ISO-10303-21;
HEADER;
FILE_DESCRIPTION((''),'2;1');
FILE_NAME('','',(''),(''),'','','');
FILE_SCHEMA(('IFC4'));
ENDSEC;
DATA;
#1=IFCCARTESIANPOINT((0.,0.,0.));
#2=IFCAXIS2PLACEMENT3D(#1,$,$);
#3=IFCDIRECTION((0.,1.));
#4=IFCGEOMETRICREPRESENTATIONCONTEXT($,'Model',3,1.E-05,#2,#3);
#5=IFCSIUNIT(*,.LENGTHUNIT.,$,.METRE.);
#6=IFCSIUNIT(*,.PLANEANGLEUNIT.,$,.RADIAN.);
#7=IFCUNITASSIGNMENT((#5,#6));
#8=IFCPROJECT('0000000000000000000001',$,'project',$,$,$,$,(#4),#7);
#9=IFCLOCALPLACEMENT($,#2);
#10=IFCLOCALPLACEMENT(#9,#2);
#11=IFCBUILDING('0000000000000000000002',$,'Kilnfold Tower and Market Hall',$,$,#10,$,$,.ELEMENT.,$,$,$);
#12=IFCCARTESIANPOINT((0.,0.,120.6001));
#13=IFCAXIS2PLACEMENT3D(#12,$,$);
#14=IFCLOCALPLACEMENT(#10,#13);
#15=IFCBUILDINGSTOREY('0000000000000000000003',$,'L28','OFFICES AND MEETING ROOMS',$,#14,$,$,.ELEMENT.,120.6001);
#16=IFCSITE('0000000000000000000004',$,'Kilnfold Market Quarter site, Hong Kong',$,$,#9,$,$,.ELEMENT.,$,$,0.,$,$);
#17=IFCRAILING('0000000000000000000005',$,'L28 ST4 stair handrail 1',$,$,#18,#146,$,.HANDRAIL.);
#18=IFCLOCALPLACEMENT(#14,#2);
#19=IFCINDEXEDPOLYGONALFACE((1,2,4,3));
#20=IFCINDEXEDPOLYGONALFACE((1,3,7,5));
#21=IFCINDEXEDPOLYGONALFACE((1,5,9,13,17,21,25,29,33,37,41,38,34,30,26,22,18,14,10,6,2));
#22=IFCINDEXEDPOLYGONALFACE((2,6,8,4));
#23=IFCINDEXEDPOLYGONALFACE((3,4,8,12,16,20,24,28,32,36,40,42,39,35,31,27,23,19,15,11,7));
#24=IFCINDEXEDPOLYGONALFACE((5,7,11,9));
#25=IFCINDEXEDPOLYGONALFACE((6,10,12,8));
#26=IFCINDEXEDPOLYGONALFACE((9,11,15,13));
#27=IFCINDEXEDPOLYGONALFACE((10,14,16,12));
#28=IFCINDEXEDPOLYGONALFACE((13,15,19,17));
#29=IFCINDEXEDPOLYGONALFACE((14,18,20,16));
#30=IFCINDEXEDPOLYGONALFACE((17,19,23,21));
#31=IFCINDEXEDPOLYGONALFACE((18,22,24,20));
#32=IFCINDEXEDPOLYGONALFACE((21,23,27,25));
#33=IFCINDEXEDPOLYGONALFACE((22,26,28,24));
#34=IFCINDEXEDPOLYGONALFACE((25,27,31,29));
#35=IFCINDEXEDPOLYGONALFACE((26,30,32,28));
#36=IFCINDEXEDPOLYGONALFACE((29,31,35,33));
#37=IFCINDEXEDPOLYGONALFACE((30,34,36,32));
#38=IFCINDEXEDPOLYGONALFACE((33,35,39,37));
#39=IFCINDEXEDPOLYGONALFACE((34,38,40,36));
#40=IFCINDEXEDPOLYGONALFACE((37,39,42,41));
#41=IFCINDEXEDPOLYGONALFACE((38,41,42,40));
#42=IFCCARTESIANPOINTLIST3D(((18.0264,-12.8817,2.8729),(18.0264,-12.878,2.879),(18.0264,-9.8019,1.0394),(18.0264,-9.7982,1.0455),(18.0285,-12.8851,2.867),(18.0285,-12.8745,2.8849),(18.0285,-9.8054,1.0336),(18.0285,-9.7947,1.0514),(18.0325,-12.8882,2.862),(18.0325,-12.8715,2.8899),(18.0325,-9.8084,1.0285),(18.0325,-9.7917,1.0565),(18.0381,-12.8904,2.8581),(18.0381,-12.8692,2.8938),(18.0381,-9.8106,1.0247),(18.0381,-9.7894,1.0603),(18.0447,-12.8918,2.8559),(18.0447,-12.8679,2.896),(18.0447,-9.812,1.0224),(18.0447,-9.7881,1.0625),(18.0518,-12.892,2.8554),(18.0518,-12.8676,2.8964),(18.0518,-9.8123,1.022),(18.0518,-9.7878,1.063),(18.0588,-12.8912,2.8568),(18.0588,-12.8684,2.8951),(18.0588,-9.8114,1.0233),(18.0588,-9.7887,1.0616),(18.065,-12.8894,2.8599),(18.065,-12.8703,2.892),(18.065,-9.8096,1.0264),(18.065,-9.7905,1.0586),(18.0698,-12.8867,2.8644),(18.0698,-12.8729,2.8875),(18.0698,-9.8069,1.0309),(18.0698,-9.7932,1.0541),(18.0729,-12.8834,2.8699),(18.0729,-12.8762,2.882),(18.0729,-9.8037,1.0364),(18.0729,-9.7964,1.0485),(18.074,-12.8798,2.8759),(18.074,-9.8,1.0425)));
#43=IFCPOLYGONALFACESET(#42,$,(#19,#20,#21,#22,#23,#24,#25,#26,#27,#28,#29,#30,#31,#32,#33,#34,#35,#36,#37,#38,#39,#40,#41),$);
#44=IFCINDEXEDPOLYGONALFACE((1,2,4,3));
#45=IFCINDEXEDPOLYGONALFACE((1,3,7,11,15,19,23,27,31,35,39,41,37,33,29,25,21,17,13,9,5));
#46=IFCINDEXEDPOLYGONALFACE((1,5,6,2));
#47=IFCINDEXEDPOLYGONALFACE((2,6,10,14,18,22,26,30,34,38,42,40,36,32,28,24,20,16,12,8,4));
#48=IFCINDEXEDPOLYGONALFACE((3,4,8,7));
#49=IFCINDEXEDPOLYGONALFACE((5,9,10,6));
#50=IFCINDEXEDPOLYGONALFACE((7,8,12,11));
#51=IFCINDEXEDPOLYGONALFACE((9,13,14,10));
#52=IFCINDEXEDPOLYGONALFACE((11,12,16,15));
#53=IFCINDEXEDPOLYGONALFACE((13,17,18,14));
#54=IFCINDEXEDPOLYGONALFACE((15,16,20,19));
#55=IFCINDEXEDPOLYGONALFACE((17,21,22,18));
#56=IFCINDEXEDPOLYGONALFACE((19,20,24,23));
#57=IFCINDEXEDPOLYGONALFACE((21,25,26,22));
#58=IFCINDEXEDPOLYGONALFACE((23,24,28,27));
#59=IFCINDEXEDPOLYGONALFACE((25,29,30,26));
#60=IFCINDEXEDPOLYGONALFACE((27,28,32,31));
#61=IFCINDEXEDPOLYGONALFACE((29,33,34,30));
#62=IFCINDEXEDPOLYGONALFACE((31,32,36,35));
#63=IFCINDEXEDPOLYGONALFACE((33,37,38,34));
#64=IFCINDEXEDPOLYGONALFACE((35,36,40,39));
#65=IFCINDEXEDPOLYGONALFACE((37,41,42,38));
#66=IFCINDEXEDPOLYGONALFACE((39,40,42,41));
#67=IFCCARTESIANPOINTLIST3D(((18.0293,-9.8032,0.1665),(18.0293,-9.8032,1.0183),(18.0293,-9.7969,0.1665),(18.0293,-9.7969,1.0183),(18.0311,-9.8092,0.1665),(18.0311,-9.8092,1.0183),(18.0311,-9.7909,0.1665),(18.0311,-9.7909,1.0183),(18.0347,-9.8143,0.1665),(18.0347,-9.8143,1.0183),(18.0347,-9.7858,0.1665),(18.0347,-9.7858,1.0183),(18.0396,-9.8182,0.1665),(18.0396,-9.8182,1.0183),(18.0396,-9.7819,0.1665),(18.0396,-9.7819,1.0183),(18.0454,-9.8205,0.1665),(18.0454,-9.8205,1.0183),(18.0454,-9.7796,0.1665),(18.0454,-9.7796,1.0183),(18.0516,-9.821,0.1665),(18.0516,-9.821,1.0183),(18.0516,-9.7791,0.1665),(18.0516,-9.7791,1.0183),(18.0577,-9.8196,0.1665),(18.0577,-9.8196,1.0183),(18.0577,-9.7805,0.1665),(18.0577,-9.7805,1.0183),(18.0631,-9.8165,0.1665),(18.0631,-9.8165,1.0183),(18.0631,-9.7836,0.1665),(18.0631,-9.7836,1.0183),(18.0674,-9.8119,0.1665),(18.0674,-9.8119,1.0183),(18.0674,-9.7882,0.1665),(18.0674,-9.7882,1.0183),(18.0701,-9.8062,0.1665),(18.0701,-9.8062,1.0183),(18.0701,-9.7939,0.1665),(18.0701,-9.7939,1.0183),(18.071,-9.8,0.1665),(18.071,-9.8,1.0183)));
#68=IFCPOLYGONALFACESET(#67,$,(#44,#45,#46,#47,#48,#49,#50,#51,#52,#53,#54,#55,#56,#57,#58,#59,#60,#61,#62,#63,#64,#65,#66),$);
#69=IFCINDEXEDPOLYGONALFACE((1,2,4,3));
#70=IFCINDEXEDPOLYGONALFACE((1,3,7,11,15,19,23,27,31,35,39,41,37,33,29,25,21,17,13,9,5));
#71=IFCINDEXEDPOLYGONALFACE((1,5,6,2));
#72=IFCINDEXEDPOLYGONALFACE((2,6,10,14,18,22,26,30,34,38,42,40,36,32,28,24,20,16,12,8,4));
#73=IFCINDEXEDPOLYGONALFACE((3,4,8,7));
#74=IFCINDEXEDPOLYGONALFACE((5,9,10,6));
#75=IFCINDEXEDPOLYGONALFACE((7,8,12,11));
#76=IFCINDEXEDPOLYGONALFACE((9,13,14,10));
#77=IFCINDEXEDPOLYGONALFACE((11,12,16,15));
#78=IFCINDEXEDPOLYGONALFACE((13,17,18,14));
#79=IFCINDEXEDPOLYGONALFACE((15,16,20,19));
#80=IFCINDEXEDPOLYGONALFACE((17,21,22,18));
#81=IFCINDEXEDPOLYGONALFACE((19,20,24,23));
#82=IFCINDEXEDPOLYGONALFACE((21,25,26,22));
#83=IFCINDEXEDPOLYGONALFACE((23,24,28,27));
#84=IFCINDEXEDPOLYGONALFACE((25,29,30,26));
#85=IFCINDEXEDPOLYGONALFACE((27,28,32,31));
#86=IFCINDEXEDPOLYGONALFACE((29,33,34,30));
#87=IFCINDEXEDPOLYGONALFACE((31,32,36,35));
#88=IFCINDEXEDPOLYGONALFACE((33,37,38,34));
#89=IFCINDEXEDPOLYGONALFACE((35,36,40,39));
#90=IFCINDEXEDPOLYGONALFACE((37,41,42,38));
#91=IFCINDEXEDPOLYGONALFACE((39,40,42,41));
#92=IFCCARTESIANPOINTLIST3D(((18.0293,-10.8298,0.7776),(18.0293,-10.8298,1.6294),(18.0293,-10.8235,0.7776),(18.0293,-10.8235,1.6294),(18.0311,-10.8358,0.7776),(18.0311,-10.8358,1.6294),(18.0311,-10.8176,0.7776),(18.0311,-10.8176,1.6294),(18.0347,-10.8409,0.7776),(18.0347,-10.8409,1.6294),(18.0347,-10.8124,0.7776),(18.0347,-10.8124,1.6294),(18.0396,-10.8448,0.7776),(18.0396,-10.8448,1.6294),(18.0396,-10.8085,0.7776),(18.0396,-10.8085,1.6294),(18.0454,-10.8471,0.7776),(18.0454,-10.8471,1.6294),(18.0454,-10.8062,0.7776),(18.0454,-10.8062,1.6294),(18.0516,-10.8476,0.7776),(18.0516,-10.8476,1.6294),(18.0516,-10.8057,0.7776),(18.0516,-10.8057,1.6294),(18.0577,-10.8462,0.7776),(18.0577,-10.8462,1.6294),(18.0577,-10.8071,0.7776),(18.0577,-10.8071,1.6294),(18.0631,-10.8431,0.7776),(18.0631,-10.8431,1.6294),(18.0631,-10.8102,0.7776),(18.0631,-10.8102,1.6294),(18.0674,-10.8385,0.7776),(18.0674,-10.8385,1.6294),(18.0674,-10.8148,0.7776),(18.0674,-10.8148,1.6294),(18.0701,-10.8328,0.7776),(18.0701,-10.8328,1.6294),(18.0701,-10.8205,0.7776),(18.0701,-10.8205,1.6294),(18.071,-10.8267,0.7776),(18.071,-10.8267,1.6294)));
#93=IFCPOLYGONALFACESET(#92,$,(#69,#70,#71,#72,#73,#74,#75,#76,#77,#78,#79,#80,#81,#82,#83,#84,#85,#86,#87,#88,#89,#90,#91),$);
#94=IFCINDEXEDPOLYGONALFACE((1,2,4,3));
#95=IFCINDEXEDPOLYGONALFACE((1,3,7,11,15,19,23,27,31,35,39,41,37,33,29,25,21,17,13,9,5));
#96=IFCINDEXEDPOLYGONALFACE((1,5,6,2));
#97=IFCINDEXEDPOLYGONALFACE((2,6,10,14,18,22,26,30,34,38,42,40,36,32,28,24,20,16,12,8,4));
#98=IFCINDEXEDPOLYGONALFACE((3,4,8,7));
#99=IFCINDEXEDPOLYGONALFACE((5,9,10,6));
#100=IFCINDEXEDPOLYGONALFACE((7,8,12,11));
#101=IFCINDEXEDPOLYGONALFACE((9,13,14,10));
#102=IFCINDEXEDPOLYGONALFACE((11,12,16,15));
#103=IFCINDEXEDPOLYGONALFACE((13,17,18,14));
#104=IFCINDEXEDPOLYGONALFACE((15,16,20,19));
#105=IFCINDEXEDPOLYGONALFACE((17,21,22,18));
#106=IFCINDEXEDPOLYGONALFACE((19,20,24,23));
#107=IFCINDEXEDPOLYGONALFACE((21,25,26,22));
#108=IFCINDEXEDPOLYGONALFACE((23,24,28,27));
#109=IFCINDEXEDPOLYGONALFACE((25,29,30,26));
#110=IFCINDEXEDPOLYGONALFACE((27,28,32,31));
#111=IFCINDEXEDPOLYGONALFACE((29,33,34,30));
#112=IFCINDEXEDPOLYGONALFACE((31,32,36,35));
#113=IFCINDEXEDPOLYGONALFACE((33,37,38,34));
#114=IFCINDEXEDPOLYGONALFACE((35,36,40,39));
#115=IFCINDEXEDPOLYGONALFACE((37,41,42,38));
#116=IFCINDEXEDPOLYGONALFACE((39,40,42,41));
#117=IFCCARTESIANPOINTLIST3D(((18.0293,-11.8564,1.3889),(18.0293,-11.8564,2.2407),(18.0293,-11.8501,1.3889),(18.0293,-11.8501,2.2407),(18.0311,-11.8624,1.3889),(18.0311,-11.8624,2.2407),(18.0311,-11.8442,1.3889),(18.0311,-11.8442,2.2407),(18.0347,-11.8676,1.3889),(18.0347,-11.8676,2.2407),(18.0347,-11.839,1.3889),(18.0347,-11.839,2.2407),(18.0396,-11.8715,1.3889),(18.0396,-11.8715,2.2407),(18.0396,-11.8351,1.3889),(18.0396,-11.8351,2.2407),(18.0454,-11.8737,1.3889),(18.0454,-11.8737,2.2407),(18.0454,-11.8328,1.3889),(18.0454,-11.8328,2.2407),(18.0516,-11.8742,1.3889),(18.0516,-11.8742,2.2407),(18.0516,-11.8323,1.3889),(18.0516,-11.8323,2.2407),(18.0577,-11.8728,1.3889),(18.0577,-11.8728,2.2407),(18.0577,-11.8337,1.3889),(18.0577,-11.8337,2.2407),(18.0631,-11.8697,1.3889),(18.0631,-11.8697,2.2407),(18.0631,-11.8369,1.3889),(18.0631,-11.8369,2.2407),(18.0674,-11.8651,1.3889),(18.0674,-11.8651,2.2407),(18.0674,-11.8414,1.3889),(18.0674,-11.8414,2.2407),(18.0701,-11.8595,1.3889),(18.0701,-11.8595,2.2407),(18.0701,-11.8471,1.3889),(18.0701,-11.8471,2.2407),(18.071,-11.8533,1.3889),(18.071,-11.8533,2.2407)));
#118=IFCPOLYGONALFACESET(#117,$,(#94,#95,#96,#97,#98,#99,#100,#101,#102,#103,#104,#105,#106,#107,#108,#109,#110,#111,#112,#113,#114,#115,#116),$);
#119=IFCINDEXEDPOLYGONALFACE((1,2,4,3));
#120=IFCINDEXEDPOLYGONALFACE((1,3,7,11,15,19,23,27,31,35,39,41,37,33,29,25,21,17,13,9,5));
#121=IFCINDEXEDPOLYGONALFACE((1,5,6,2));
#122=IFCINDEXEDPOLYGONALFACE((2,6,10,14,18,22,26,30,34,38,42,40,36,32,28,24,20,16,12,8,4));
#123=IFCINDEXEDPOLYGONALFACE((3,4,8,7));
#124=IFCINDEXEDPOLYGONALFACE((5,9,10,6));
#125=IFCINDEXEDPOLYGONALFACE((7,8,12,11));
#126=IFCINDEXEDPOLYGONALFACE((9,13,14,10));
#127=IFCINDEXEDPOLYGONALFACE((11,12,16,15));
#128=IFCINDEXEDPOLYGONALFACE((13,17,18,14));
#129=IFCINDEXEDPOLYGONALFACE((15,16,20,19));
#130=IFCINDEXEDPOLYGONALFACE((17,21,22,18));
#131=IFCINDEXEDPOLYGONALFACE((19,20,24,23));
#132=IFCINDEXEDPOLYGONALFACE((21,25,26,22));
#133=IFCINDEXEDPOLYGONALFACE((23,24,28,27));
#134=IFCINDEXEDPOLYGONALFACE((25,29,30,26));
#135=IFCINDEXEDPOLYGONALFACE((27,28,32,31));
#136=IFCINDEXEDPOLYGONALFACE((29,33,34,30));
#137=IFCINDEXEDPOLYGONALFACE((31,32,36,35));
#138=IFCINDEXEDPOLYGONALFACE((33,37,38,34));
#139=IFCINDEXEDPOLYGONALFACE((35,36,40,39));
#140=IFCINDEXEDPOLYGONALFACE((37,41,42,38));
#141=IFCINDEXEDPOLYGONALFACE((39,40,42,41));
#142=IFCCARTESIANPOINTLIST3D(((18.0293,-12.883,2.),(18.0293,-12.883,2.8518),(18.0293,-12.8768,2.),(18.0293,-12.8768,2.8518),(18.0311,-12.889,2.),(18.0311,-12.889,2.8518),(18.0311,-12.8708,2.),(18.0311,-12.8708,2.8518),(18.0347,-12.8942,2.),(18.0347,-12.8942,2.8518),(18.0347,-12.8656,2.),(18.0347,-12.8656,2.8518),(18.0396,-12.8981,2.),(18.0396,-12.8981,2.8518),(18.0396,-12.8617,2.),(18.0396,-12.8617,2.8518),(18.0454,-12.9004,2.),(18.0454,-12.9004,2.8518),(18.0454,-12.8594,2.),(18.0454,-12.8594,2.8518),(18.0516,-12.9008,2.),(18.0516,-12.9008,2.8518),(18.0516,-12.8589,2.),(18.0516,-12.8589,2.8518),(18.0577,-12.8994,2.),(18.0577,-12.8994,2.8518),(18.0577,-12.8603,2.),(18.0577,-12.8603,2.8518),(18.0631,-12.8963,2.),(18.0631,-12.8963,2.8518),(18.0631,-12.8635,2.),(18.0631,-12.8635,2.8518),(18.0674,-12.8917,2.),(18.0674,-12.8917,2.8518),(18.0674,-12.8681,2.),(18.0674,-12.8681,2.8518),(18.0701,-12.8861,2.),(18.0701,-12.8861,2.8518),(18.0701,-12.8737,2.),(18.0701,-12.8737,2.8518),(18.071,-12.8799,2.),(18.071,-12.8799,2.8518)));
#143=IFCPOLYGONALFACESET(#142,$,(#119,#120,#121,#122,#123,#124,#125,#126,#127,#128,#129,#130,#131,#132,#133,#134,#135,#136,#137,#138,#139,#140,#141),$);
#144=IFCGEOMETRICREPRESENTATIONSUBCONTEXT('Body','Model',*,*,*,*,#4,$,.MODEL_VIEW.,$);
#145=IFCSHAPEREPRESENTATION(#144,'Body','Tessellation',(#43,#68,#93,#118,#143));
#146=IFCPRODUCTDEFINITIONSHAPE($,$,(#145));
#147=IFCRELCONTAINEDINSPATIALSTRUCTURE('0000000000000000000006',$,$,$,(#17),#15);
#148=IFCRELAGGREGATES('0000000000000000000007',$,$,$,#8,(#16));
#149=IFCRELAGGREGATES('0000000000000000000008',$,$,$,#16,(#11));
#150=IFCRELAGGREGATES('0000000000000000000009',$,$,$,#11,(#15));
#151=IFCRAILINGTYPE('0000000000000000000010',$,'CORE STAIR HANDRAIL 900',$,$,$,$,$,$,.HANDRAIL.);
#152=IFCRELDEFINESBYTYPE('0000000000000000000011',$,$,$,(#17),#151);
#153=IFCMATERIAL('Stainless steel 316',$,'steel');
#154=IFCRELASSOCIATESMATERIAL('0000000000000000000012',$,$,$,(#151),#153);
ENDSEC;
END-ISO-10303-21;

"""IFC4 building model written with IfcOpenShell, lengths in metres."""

from ifc_helpers import new_model, si_unit, direction, frame, origin, origin_2d, place, context, subcontext, project, spatial, circle, extrude, material, type_object, element, save


model = new_model("IFC4")

# Units and contexts
model_context = context("Model", 3, precision=1e-05, world=origin(), true_north=direction((0.0, 1.0)))
body_context = subcontext(model_context, "Body", "Model", "MODEL_VIEW")
ifc_project = project(units=[si_unit("LENGTHUNIT", "METRE"), si_unit("PLANEANGLEUNIT", "RADIAN")], contexts=[model_context])

# Site, building, storey
site_placement = place(None, origin())
site = spatial("IfcSite", under=ifc_project, at=site_placement, Name="Kilnfold Market Quarter site, Hong Kong", CompositionType="ELEMENT", RefElevation=0.0)
building_placement = place(site_placement, origin())
building = spatial("IfcBuilding", under=site, at=building_placement, Name="Kilnfold Tower and Market Hall", CompositionType="ELEMENT")
storey_placement = place(building_placement, frame((0.0, 0.0, 120.6001)))
storey = spatial("IfcBuildingStorey", under=building, at=storey_placement, Name="L28", Description="OFFICES AND MEETING ROOMS", CompositionType="ELEMENT", Elevation=120.6001)

# Railing
ifc_material_1 = material(Name="Stainless steel 316", Category="steel")
railing_type_1 = type_object("IfcRailingType", Name="CORE STAIR HANDRAIL 900", PredefinedType="HANDRAIL", material=ifc_material_1)
railing_1_placement = place(storey_placement, frame((18.05, -9.8, 0.1665)))
element("IfcRailing", 1, at=railing_1_placement, inside=storey, type_object=railing_type_1, Name="L28 ST4 stair handrail 1", PredefinedType="HANDRAIL", context=body_context, shape_type="SweptSolid", body=[
    extrude(circle(Radius=0.0239, at=origin_2d()), frame((0.0, 0.0, 0.876), z_axis=(0.0, -0.859261, 0.511538), x_axis=(1.0, 0.0, 0.0)), (0.0, 0.0, 1.0), 3.5842),
    extrude(circle(Radius=0.021, at=origin_2d()), origin(), (0.0, 0.0, 1.0), 0.8518),
    extrude(circle(Radius=0.021, at=origin_2d()), frame((0.0, -1.0266, 0.6111)), (0.0, 0.0, 1.0), 0.8518),
    extrude(circle(Radius=0.021, at=origin_2d()), frame((0.0, -2.0532, 1.2224)), (0.0, 0.0, 1.0), 0.8518),
    extrude(circle(Radius=0.021, at=origin_2d()), frame((0.0, -3.0798, 1.8335)), (0.0, 0.0, 1.0), 0.8518),
])

save(model, "model.ifc")
